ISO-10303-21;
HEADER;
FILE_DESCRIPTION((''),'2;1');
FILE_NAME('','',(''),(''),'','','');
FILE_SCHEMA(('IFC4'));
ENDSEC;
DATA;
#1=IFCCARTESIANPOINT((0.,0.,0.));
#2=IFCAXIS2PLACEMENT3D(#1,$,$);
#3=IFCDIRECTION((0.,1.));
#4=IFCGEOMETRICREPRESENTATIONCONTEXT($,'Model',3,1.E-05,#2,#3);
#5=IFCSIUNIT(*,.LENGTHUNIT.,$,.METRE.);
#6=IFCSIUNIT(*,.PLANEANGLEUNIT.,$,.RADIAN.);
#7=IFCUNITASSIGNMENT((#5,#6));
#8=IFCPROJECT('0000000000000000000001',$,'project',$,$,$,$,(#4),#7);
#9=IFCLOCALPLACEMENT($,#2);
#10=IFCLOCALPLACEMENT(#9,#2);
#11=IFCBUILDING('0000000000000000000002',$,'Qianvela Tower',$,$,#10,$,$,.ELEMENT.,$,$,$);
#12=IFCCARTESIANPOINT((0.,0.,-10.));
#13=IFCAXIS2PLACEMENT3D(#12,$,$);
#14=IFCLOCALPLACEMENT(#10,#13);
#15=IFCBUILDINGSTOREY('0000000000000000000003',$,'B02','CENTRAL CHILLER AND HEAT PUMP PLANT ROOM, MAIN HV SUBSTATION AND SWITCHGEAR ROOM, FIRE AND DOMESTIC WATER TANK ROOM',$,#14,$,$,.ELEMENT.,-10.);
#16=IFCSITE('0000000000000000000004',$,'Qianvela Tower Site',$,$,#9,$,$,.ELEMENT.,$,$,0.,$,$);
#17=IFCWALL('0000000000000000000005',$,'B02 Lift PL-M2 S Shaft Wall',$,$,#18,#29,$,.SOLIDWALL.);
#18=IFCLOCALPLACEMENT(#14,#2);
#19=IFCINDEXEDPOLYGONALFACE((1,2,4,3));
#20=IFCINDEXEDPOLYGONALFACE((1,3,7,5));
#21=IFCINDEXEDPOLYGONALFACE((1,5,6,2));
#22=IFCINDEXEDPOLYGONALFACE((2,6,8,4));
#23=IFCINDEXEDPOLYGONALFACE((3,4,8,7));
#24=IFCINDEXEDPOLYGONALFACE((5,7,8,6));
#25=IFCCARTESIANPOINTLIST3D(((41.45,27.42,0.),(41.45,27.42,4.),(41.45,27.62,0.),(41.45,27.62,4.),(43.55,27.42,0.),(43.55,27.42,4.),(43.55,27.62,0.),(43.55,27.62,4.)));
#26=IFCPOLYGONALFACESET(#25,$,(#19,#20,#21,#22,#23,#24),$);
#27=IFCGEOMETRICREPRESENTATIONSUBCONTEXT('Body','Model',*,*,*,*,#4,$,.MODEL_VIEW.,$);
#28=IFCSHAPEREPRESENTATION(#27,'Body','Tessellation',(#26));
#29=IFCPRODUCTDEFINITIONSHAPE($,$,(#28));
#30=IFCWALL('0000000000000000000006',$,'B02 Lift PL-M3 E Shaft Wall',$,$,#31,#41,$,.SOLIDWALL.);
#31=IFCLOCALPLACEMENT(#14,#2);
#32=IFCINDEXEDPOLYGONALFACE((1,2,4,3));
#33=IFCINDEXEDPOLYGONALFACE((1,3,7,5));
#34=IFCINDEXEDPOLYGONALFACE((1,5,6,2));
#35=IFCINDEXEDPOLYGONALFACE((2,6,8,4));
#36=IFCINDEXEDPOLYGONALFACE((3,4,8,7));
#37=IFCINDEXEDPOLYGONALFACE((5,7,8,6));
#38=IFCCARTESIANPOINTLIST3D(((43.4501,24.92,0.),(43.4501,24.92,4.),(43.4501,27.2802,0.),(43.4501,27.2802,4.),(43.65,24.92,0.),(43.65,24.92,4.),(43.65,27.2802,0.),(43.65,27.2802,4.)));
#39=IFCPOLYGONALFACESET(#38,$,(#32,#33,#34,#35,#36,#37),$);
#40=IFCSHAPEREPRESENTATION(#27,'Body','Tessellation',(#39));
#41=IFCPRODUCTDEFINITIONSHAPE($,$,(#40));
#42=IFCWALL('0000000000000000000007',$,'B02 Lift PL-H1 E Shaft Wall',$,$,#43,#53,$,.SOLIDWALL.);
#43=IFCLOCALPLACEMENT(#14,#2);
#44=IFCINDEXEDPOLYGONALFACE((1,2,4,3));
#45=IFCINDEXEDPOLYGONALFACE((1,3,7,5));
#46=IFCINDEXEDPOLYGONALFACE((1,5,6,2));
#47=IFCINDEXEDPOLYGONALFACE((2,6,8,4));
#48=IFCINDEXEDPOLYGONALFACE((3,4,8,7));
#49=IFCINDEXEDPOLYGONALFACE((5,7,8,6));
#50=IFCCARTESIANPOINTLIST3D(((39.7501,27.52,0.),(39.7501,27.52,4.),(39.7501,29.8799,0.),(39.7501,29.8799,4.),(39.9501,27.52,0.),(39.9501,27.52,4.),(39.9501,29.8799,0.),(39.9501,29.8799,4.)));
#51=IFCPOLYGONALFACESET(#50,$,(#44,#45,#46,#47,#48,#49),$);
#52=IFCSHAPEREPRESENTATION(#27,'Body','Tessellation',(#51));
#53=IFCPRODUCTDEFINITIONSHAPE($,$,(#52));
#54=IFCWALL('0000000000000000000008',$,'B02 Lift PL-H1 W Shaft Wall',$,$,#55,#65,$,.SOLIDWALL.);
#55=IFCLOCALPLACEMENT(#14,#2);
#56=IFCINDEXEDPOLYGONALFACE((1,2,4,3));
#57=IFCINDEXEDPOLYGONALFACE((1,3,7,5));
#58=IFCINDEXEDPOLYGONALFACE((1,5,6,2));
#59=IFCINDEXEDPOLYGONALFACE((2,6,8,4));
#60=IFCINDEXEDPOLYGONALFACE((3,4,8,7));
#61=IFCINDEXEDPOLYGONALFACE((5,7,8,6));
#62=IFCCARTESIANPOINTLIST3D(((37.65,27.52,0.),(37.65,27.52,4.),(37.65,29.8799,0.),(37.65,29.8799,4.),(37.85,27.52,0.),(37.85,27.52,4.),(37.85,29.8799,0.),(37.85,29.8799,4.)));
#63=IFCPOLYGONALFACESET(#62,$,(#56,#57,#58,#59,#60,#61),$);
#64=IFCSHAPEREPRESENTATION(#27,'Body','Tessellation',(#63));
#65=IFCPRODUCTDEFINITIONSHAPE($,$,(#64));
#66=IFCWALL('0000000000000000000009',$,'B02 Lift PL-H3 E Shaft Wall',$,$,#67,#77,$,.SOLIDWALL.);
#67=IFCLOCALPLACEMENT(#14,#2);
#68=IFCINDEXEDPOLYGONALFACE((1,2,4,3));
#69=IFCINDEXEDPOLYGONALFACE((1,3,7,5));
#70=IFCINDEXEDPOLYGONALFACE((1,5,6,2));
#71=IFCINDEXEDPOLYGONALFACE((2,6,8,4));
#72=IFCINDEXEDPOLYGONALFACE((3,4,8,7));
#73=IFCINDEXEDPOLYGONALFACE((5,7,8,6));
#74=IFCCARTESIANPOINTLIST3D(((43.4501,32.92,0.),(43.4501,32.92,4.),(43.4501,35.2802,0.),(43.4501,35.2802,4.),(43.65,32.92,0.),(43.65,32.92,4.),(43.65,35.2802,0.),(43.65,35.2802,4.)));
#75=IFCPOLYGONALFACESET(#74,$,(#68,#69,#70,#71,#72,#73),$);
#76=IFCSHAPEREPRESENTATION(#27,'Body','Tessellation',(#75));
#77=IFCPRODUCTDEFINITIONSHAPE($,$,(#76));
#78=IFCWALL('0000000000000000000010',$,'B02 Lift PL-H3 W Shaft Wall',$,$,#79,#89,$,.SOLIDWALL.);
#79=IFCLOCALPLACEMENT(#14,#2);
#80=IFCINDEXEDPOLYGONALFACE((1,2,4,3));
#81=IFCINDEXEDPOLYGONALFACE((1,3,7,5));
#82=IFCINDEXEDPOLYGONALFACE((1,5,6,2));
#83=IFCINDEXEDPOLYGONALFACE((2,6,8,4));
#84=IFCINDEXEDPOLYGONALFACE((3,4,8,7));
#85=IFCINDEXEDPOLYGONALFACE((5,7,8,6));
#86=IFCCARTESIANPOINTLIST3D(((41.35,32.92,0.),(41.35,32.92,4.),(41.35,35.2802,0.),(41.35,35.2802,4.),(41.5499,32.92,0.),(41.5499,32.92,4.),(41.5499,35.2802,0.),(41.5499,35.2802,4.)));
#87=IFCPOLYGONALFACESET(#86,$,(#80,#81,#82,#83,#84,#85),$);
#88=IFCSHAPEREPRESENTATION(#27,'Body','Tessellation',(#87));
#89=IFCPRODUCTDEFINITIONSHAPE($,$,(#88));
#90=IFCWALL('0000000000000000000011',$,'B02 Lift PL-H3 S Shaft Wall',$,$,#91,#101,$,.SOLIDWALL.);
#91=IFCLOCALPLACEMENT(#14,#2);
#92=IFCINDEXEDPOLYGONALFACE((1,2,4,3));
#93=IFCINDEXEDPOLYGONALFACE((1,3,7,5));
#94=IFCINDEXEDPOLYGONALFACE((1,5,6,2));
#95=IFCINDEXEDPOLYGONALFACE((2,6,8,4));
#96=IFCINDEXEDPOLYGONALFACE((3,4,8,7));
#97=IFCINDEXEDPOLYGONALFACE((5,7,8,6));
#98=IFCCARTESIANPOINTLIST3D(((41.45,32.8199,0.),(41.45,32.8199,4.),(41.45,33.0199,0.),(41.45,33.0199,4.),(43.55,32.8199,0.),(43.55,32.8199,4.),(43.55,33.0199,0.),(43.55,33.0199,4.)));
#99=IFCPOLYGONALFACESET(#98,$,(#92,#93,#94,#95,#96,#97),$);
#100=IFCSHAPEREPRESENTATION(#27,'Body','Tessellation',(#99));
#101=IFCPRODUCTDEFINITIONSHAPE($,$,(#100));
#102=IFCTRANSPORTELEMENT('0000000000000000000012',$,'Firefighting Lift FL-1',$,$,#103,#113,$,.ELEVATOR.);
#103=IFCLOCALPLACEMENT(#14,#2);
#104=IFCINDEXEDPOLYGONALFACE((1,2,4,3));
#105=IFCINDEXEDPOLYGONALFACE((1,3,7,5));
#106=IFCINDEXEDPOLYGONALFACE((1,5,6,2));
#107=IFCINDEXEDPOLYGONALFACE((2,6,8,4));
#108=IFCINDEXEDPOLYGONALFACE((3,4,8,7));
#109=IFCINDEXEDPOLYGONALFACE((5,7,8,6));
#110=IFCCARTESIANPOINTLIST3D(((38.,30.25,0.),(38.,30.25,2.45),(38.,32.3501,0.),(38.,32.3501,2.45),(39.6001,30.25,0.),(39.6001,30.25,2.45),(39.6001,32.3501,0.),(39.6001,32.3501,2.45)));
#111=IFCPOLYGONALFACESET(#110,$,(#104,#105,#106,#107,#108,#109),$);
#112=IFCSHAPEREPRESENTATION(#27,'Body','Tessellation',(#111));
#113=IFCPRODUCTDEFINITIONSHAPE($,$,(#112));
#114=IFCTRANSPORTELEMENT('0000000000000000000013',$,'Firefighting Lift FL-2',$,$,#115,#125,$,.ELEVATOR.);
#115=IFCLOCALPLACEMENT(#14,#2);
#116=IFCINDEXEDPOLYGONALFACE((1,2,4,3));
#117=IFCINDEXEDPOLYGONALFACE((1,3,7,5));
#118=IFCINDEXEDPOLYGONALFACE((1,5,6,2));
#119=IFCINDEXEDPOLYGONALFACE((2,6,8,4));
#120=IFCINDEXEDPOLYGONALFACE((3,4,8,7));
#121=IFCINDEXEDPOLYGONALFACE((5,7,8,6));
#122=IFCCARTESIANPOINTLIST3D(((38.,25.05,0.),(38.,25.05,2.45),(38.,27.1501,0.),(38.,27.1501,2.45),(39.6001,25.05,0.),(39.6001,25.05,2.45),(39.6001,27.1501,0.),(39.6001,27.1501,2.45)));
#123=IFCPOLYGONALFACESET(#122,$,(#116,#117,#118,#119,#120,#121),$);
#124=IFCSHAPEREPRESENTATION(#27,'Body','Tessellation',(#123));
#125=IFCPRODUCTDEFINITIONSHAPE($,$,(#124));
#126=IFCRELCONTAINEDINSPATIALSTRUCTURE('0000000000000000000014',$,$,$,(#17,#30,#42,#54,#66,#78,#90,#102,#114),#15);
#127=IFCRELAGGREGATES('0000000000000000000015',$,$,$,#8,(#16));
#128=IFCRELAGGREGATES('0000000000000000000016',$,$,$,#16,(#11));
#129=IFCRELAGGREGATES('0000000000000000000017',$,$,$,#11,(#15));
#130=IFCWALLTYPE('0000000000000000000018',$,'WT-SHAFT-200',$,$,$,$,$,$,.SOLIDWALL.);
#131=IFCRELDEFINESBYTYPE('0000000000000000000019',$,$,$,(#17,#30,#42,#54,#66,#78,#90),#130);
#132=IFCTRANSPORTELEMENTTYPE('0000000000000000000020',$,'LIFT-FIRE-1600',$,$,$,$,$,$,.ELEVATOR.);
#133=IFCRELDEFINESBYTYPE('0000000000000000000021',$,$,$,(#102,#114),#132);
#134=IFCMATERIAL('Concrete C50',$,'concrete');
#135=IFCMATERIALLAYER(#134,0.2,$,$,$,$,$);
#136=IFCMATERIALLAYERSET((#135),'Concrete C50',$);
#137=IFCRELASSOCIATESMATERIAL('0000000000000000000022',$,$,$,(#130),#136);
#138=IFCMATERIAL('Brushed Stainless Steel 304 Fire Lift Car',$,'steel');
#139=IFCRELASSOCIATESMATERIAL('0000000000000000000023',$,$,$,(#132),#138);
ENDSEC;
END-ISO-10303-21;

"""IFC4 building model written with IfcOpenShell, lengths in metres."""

from ifc_helpers import new_model, si_unit, direction, frame, frame_2d, origin, origin_2d, place, context, subcontext, project, spatial, rectangle, extrude, material, layer, layer_set, type_object, element, save


model = new_model("IFC4")

# Units and contexts
model_context = context("Model", 3, precision=1e-05, world=origin(), true_north=direction((0.0, 1.0)))
body_context = subcontext(model_context, "Body", "Model", "MODEL_VIEW")
ifc_project = project(units=[si_unit("LENGTHUNIT", "METRE"), si_unit("PLANEANGLEUNIT", "RADIAN")], contexts=[model_context])

# Site, building, storey
site_placement = place(None, origin())
site = spatial("IfcSite", under=ifc_project, at=site_placement, Name="Qianvela Tower Site", CompositionType="ELEMENT", RefElevation=0.0)
building_placement = place(site_placement, origin())
building = spatial("IfcBuilding", under=site, at=building_placement, Name="Qianvela Tower", CompositionType="ELEMENT")
storey_placement = place(building_placement, frame((0.0, 0.0, -10.0)))
storey = spatial("IfcBuildingStorey", under=building, at=storey_placement, Name="B02", Description="CENTRAL CHILLER AND HEAT PUMP PLANT ROOM, MAIN HV SUBSTATION AND SWITCHGEAR ROOM, FIRE AND DOMESTIC WATER TANK ROOM", CompositionType="ELEMENT", Elevation=-10.0)

# Shared definitions
ifc_material_1 = material(Name="Concrete C50", Category="concrete")
ifc_layer_1 = layer(ifc_material_1, 0.2)
ifc_layer_set_1 = layer_set([ifc_layer_1], Name="Concrete C50")
wall_type_1 = type_object("IfcWallType", Name="WT-SHAFT-200", PredefinedType="SOLIDWALL", material=ifc_layer_set_1)

# Walls
wall_1_placement = place(storey_placement, frame((41.45, 27.52, 0.0), z_axis=(0.0, 0.0, 1.0), x_axis=(1.0, 0.0, 0.0)))
element("IfcWall", 1, at=wall_1_placement, inside=storey, type_object=wall_type_1, Name="B02 Lift PL-M2 S Shaft Wall", PredefinedType="SOLIDWALL", context=body_context, shape_type="SweptSolid", body=[
    extrude(rectangle(XDim=2.1001, YDim=0.2, at=frame_2d((1.05, 0.0))), origin(), (0.0, 0.0, 1.0), 4.0),
])
wall_2_placement = place(storey_placement, frame((43.55, 24.9199, 0.0), z_axis=(0.0, 0.0, 1.0), x_axis=(0.0, 1.0, 0.0)))
element("IfcWall", 2, at=wall_2_placement, inside=storey, type_object=wall_type_1, Name="B02 Lift PL-M3 E Shaft Wall", PredefinedType="SOLIDWALL", context=body_context, shape_type="SweptSolid", body=[
    extrude(rectangle(XDim=2.3601, YDim=0.2, at=frame_2d((1.1802, 0.0))), origin(), (0.0, 0.0, 1.0), 4.0),
])
for number, where, z_axis, x_axis, name in (
    (3, (39.8501, 27.52, 0.0), (0.0, 0.0, 1.0), (0.0, 1.0, 0.0), "B02 Lift PL-H1 E Shaft Wall"),
    (4, (37.75, 27.52, 0.0), (0.0, 0.0, 1.0), (0.0, 1.0, 0.0), "B02 Lift PL-H1 W Shaft Wall"),
):
    element("IfcWall", number, at=place(storey_placement, frame(where, z_axis=z_axis, x_axis=x_axis)), inside=storey, type_object=wall_type_1, Name=name, PredefinedType="SOLIDWALL", context=body_context, shape_type="SweptSolid", body=[
        extrude(rectangle(XDim=2.3599, YDim=0.2, at=frame_2d((1.1799, 0.0))), origin(), (0.0, 0.0, 1.0), 4.0),
    ])
for number, where, z_axis, x_axis, name in (
    (5, (43.55, 32.9199, 0.0), (0.0, 0.0, 1.0), (0.0, 1.0, 0.0), "B02 Lift PL-H3 E Shaft Wall"),
    (6, (41.45, 32.9199, 0.0), (0.0, 0.0, 1.0), (0.0, 1.0, 0.0), "B02 Lift PL-H3 W Shaft Wall"),
):
    element("IfcWall", number, at=place(storey_placement, frame(where, z_axis=z_axis, x_axis=x_axis)), inside=storey, type_object=wall_type_1, Name=name, PredefinedType="SOLIDWALL", context=body_context, shape_type="SweptSolid", body=[
        extrude(rectangle(XDim=2.3601, YDim=0.2, at=frame_2d((1.1802, 0.0))), origin(), (0.0, 0.0, 1.0), 4.0),
    ])
wall_3_placement = place(storey_placement, frame((41.45, 32.9199, 0.0), z_axis=(0.0, 0.0, 1.0), x_axis=(1.0, 0.0, 0.0)))
element("IfcWall", 7, at=wall_3_placement, inside=storey, type_object=wall_type_1, Name="B02 Lift PL-H3 S Shaft Wall", PredefinedType="SOLIDWALL", context=body_context, shape_type="SweptSolid", body=[
    extrude(rectangle(XDim=2.1001, YDim=0.2, at=frame_2d((1.05, 0.0))), origin(), (0.0, 0.0, 1.0), 4.0),
])

# Transport elements
ifc_material_2 = material(Name="Brushed Stainless Steel 304 Fire Lift Car", Category="steel")
transport_element_type = type_object("IfcTransportElementType", Name="LIFT-FIRE-1600", PredefinedType="ELEVATOR", material=ifc_material_2)
for number, where, z_axis, x_axis, name in (
    (8, (38.8, 31.3, 0.0), (0.0, 0.0, 1.0), (1.0, 0.0, 0.0), "Firefighting Lift FL-1"),
    (9, (38.8, 26.1001, 0.0), (0.0, 0.0, 1.0), (1.0, 0.0, 0.0), "Firefighting Lift FL-2"),
):
    element("IfcTransportElement", number, at=place(storey_placement, frame(where, z_axis=z_axis, x_axis=x_axis)), inside=storey, type_object=transport_element_type, Name=name, PredefinedType="ELEVATOR", context=body_context, shape_type="SweptSolid", body=[
        extrude(rectangle(XDim=1.6001, YDim=2.1001, at=origin_2d()), origin(), (0.0, 0.0, 1.0), 2.45),
    ])

save(model, "model.ifc")
